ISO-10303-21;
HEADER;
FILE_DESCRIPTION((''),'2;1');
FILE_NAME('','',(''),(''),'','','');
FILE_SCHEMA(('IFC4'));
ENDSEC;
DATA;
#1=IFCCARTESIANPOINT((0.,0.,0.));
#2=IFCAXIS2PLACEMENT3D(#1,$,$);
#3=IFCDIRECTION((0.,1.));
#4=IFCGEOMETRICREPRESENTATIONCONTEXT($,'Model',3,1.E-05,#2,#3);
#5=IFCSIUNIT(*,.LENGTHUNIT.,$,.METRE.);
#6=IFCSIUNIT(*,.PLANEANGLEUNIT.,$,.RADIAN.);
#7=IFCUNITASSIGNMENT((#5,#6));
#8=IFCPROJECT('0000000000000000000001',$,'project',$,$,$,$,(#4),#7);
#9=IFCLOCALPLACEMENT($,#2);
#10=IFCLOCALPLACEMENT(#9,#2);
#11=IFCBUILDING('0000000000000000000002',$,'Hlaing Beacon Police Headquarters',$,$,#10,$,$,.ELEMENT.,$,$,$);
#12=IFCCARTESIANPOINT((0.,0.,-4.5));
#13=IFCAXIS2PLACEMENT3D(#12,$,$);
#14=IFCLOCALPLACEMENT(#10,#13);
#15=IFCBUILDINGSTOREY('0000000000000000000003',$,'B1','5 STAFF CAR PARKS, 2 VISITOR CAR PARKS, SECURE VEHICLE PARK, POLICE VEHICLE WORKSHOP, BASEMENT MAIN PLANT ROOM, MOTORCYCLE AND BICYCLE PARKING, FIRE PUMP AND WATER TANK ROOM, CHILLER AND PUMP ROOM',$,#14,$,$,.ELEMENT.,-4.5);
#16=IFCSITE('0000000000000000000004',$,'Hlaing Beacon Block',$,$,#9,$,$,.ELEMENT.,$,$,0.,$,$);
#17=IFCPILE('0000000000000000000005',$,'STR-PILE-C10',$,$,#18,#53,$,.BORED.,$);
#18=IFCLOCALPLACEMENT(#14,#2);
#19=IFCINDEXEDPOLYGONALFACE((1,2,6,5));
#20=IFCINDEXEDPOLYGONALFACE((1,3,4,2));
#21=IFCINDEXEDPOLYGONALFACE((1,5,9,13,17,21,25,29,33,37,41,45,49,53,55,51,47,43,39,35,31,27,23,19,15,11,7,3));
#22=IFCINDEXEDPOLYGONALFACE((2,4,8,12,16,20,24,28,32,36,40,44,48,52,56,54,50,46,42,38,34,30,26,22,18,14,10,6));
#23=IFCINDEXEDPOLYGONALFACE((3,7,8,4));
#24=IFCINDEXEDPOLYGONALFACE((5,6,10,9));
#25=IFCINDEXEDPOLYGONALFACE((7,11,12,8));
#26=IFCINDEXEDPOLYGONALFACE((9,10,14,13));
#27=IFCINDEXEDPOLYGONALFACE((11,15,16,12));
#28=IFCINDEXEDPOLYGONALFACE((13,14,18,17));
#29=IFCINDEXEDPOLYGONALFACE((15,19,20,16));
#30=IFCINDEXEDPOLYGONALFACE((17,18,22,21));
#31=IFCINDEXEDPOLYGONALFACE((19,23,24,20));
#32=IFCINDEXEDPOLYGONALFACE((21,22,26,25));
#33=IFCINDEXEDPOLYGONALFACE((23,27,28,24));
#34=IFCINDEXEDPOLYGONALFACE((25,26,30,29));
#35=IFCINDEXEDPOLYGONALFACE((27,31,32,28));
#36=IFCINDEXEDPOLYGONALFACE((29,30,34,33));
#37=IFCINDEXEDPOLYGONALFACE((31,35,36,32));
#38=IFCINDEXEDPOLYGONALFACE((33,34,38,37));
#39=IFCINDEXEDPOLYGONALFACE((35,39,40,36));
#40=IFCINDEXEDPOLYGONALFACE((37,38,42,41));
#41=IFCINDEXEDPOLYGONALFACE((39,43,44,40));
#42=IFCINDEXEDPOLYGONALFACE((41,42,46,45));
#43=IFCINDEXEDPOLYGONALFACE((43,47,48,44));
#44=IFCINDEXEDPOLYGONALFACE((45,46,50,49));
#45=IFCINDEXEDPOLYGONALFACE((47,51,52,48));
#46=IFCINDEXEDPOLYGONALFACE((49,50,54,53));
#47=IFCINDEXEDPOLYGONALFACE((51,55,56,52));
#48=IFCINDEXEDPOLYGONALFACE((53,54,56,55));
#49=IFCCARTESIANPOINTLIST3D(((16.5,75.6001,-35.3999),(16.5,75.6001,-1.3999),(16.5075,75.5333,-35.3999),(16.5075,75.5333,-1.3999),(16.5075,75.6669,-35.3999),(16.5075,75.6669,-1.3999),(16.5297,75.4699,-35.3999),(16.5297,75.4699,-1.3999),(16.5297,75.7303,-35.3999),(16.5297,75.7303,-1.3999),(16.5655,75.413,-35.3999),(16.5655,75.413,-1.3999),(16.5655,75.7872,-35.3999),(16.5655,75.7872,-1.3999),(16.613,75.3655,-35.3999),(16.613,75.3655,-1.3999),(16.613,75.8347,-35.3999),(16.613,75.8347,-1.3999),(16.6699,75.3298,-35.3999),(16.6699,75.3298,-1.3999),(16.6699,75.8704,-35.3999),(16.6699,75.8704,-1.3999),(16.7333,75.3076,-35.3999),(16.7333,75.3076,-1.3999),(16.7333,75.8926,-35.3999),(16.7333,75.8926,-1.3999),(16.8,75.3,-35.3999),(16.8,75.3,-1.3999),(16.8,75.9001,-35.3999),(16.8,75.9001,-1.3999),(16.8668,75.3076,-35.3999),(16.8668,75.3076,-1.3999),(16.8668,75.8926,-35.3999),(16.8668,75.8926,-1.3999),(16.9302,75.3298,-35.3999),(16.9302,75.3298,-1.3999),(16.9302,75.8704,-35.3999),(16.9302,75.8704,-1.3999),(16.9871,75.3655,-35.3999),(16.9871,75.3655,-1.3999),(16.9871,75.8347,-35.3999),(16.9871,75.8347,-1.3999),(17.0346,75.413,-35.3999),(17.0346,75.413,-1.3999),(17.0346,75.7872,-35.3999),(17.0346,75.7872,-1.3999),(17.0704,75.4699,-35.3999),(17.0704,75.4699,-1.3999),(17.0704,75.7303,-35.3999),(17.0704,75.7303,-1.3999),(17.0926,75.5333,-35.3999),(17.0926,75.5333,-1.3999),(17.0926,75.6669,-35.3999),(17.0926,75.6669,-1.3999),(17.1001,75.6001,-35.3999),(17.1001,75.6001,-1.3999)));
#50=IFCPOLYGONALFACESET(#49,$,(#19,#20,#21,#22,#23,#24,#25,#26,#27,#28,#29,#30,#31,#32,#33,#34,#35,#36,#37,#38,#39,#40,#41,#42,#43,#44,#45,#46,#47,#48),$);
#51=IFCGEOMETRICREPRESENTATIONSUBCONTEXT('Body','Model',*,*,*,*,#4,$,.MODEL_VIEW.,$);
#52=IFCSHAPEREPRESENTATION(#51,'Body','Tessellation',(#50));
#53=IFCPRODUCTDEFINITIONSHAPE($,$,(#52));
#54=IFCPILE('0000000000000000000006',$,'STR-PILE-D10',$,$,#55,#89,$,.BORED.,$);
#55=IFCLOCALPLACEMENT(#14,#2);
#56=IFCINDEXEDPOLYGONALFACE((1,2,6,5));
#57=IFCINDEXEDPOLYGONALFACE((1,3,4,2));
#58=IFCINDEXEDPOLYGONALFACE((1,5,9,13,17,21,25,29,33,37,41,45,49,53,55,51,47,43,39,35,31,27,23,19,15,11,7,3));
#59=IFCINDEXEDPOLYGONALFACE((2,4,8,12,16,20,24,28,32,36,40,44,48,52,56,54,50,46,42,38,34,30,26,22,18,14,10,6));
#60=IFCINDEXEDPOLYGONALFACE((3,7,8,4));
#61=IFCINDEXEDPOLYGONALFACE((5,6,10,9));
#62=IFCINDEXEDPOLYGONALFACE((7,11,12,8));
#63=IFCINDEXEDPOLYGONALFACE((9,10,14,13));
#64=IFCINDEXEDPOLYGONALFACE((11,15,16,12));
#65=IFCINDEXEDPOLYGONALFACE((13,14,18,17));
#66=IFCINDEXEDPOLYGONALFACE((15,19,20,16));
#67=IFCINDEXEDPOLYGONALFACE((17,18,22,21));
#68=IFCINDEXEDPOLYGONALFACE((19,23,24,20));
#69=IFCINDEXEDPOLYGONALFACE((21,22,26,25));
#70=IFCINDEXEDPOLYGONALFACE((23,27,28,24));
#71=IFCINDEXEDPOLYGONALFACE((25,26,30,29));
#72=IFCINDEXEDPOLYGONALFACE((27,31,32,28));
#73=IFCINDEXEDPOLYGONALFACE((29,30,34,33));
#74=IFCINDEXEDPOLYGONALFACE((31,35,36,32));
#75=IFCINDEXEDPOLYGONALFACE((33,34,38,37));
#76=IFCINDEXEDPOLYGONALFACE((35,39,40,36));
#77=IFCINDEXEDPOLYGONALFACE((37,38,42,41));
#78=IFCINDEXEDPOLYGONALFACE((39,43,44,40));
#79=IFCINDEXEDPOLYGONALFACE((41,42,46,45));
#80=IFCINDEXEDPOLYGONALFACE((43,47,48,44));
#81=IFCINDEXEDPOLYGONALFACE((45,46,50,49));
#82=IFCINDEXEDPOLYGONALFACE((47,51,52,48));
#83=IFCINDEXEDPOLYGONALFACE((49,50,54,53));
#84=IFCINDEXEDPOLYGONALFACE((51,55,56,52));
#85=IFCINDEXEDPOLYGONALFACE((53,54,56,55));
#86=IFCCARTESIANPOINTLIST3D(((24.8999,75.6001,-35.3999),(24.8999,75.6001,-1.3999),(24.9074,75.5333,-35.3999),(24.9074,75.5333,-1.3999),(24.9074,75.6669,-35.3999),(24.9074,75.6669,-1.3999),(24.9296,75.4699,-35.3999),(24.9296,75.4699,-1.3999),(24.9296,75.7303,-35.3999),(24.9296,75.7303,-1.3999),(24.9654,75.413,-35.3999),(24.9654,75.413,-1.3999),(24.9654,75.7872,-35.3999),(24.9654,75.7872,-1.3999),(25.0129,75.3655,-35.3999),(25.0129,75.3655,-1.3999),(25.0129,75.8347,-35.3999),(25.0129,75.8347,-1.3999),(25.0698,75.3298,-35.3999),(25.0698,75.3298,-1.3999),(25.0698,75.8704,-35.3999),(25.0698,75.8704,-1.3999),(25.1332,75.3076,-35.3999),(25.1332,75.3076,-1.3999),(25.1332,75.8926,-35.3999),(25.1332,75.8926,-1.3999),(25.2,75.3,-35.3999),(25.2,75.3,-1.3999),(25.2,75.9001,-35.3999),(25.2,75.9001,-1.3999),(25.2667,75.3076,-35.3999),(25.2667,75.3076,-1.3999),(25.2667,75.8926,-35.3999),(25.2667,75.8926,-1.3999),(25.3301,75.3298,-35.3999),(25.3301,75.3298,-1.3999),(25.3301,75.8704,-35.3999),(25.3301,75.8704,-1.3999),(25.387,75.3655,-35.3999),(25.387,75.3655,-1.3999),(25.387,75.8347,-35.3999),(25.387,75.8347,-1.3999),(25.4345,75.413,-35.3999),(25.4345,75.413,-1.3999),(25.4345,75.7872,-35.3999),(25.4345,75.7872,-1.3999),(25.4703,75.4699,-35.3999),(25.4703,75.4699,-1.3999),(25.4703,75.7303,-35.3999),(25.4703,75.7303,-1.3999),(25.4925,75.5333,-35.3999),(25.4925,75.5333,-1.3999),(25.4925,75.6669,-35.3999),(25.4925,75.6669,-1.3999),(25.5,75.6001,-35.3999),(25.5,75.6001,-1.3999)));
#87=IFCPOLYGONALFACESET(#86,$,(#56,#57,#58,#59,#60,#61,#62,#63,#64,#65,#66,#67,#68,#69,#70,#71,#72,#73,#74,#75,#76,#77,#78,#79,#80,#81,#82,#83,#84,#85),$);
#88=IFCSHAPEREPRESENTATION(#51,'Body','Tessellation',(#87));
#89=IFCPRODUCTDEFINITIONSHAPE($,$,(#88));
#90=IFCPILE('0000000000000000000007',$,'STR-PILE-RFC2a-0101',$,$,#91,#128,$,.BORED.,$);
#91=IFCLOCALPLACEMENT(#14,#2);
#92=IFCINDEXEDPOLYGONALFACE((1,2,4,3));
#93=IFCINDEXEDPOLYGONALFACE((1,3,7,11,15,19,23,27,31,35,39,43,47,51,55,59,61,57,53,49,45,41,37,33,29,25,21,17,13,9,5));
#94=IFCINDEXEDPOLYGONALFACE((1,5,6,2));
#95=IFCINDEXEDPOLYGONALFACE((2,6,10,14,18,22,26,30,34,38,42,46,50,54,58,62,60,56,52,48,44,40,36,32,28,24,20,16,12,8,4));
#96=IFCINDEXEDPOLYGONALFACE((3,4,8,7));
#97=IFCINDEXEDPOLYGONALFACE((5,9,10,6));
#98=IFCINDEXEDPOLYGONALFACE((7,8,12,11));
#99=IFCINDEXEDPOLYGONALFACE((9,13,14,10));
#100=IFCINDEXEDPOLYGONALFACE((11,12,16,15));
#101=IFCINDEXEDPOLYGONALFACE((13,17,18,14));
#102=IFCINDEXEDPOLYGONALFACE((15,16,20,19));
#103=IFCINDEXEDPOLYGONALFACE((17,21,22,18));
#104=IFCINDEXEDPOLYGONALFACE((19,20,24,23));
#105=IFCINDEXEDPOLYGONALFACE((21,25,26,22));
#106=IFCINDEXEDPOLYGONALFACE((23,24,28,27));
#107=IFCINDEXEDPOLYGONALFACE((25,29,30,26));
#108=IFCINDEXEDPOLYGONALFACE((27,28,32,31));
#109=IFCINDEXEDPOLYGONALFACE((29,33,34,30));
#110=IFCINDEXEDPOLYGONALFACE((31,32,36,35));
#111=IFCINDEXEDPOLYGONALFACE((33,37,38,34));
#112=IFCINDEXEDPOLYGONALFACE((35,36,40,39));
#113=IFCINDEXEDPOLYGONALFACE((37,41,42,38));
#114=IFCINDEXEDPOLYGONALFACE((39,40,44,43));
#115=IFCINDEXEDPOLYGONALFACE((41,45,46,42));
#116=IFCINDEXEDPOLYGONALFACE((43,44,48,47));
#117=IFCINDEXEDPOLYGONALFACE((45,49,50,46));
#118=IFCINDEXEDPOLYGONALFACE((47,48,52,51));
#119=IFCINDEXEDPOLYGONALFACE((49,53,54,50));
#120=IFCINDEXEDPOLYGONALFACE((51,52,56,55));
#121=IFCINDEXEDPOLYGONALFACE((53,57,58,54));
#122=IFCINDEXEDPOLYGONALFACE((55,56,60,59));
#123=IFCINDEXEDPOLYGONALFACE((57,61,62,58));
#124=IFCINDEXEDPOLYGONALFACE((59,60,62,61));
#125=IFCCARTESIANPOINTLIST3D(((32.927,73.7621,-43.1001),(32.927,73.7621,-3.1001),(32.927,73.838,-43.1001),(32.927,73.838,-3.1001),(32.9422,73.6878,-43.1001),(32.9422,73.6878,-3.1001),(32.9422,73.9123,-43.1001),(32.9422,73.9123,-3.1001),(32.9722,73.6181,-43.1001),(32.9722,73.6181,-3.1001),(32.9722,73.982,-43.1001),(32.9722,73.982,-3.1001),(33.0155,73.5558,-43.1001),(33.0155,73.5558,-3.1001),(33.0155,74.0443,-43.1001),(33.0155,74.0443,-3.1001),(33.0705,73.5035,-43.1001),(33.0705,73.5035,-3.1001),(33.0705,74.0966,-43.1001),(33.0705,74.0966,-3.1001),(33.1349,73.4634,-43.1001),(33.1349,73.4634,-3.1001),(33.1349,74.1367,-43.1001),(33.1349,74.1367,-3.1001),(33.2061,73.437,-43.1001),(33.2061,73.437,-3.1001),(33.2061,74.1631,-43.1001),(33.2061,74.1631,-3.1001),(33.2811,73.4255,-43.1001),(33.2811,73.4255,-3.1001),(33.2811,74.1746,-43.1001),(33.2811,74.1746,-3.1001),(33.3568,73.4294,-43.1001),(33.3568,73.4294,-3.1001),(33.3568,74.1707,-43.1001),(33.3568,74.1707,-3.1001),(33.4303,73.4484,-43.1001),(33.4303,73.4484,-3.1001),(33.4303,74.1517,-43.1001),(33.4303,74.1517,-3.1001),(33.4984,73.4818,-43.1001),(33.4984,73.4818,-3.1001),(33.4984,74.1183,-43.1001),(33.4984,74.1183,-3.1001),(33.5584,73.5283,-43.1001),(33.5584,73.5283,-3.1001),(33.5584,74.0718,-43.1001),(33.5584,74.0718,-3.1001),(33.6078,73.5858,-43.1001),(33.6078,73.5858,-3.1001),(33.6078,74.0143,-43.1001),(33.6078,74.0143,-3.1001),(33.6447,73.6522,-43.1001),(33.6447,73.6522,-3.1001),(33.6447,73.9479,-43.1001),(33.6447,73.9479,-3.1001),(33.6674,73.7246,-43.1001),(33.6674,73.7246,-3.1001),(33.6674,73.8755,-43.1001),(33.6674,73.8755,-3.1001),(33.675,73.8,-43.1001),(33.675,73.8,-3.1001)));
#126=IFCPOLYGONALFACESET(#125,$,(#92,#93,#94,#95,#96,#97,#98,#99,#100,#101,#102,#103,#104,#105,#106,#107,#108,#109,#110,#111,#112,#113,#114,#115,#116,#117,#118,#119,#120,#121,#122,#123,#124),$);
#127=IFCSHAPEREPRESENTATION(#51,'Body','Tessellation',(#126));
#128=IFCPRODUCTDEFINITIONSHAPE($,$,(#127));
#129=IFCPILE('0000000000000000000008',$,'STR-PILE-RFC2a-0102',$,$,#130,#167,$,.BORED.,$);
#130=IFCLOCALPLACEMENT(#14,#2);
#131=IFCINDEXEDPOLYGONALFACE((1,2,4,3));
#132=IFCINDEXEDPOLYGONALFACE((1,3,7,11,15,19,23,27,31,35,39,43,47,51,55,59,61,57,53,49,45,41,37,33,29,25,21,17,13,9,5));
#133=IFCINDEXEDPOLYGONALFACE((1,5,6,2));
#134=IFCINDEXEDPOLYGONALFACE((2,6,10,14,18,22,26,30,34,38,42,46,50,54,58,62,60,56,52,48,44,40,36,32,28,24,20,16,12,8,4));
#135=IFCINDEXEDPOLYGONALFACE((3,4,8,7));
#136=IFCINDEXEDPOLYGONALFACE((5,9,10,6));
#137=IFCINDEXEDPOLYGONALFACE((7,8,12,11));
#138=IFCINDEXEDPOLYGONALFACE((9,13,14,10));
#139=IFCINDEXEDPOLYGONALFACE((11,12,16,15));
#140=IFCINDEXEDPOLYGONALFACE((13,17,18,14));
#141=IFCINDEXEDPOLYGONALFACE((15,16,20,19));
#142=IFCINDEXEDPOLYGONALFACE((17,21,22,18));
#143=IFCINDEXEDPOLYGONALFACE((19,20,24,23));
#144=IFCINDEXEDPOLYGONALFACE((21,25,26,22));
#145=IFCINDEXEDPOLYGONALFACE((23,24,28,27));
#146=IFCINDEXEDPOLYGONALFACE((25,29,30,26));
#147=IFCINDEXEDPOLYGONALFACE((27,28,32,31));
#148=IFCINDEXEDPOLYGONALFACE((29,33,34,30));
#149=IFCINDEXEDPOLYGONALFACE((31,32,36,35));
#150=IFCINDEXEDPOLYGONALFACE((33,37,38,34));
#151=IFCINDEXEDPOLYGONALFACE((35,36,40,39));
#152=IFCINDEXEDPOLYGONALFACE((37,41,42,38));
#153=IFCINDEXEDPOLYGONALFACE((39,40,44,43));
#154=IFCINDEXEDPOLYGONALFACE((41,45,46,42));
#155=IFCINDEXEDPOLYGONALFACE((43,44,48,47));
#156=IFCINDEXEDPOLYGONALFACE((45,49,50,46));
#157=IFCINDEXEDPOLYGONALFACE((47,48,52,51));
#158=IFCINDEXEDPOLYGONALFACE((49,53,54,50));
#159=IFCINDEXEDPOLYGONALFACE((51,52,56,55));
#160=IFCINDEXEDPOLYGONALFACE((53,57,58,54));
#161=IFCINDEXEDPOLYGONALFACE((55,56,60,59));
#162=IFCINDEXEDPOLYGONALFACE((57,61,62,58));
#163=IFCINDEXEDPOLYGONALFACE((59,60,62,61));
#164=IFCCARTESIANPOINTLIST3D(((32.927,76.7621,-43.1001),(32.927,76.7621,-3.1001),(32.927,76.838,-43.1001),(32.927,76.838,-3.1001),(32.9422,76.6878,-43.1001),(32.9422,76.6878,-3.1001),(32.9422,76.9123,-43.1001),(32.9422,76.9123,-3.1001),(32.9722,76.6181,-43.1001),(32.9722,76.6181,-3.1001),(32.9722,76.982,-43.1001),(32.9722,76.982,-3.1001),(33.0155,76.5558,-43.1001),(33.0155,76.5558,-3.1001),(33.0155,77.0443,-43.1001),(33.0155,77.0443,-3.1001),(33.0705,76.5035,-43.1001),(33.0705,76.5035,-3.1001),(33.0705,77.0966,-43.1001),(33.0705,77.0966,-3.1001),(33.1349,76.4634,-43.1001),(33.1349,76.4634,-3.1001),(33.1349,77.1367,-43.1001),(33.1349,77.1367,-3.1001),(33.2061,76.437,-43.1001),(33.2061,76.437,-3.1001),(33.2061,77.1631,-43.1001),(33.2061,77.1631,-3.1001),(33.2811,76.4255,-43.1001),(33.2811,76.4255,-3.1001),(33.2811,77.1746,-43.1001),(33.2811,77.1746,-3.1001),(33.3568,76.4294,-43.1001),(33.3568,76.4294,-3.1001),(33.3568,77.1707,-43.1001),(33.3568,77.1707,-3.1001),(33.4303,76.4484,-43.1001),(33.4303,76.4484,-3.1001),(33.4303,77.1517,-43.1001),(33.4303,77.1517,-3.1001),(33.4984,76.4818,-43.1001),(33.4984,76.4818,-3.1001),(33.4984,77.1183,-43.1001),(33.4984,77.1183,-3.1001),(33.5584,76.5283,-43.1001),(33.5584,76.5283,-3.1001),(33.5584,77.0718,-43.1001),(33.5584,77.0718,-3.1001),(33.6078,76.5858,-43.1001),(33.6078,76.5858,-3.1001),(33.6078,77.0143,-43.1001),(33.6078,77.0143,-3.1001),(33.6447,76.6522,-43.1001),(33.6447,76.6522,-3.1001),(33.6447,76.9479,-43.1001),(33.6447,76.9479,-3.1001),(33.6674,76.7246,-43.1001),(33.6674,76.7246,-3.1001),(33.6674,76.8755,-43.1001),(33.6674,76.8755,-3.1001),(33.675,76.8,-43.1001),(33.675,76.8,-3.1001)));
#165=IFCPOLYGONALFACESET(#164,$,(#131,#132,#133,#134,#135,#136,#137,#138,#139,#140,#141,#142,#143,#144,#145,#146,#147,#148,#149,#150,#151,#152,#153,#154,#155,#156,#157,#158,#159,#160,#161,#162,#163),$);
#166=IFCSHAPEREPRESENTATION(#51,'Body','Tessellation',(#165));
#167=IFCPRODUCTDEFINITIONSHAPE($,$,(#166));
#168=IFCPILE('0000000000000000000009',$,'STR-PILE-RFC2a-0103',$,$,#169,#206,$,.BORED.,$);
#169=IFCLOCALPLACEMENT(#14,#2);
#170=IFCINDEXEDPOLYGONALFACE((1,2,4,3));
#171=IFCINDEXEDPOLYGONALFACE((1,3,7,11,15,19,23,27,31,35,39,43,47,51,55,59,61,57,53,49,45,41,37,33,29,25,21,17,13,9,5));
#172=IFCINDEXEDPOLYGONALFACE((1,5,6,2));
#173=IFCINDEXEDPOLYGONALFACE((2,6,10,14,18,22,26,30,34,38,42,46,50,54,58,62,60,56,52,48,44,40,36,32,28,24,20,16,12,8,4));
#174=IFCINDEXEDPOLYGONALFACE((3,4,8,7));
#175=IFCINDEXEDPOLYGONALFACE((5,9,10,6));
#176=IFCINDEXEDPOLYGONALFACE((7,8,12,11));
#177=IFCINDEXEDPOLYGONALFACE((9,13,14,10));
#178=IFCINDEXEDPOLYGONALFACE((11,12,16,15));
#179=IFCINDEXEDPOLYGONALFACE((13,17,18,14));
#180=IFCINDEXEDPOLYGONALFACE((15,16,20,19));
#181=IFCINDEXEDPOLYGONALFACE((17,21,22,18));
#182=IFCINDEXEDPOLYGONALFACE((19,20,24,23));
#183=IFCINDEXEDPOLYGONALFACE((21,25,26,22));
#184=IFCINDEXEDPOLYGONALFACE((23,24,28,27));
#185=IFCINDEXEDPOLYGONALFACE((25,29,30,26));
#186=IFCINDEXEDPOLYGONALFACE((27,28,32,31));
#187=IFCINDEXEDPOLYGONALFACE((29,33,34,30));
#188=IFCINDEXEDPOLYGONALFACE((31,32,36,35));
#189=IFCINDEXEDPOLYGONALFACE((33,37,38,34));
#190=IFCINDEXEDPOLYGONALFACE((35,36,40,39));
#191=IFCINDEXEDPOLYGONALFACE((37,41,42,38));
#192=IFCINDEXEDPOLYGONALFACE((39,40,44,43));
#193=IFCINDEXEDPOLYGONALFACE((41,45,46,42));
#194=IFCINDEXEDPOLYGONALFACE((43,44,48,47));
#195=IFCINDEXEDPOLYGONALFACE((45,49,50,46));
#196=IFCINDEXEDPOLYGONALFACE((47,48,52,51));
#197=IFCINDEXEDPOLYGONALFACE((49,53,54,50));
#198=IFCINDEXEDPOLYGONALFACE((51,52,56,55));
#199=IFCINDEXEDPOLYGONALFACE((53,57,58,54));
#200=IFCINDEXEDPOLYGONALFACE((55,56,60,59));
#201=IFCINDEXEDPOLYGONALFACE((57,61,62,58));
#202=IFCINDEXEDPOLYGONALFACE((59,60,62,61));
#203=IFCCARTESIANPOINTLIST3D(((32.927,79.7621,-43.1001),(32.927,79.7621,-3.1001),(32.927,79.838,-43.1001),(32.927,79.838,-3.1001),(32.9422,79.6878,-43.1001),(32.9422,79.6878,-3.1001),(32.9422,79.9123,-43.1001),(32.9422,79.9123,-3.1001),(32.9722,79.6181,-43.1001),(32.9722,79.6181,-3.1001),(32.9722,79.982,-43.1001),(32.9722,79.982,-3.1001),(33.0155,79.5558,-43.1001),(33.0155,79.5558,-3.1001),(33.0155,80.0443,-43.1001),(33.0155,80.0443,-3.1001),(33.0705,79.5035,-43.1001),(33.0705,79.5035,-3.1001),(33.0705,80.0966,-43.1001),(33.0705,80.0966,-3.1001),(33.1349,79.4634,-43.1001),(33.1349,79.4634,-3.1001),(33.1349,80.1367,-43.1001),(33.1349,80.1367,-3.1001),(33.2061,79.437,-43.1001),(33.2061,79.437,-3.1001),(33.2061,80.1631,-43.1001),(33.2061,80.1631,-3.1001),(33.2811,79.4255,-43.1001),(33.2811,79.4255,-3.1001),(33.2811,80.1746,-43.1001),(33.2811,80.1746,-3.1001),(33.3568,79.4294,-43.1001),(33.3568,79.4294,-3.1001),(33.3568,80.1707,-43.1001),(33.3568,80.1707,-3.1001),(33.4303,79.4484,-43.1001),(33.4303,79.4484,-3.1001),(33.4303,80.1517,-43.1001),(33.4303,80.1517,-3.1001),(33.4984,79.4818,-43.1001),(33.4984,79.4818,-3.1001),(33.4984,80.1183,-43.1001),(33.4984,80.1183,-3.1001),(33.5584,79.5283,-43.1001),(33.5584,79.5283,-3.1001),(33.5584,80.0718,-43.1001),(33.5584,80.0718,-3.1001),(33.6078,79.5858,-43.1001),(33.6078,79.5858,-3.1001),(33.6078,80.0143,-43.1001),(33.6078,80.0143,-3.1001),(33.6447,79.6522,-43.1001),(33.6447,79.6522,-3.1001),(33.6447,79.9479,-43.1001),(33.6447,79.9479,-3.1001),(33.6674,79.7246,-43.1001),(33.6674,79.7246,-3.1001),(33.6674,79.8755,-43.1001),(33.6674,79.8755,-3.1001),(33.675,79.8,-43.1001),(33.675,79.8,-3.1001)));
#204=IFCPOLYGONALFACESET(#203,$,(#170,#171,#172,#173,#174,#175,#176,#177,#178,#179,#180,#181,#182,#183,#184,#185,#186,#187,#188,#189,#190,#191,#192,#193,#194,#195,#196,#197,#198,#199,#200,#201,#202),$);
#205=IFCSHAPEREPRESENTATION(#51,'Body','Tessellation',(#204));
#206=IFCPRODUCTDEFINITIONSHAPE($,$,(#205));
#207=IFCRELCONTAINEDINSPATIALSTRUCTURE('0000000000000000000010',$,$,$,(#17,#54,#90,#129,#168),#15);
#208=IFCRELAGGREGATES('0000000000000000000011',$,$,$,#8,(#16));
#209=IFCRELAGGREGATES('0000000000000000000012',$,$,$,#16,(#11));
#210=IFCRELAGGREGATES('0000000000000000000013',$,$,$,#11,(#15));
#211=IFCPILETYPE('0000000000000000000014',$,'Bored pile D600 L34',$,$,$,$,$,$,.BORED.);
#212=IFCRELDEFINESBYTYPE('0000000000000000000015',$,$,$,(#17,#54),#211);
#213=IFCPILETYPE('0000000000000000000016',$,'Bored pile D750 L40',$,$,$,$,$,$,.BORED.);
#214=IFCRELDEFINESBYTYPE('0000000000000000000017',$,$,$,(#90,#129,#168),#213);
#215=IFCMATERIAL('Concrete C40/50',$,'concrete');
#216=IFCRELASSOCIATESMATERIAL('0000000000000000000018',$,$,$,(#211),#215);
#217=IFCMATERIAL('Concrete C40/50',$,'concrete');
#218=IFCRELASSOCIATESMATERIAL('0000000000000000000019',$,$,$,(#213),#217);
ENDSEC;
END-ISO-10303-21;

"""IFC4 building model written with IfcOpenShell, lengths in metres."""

from ifc_helpers import new_model, si_unit, direction, frame, origin, origin_2d, place, context, subcontext, project, spatial, circle, extrude, material, material_profile, profile_set, type_object, element, save


model = new_model("IFC4")

# Units and contexts
model_context = context("Model", 3, precision=1e-05, world=origin(), true_north=direction((0.0, 1.0)))
body_context = subcontext(model_context, "Body", "Model", "MODEL_VIEW")
ifc_project = project(units=[si_unit("LENGTHUNIT", "METRE"), si_unit("PLANEANGLEUNIT", "RADIAN")], contexts=[model_context])

# Site, building, storey
site_placement = place(None, origin())
site = spatial("IfcSite", under=ifc_project, at=site_placement, Name="Hlaing Beacon Block", CompositionType="ELEMENT", RefElevation=0.0)
building_placement = place(site_placement, origin())
building = spatial("IfcBuilding", under=site, at=building_placement, Name="Hlaing Beacon Police Headquarters", CompositionType="ELEMENT")
storey_placement = place(building_placement, frame((0.0, 0.0, -4.5)))
storey = spatial("IfcBuildingStorey", under=building, at=storey_placement, Name="B1", Description="5 STAFF CAR PARKS, 2 VISITOR CAR PARKS, SECURE VEHICLE PARK, POLICE VEHICLE WORKSHOP, BASEMENT MAIN PLANT ROOM, MOTORCYCLE AND BICYCLE PARKING, FIRE PUMP AND WATER TANK ROOM, CHILLER AND PUMP ROOM", CompositionType="ELEMENT", Elevation=-4.5)

# Piles
ifc_material_1 = material(Name="Concrete C40/50", Category="concrete")
ifc_material_profile_1 = material_profile(ifc_material_1, circle(Radius=0.3, at=origin_2d()), Name="D600")
ifc_profile_set_1 = profile_set([ifc_material_profile_1], Name="Concrete C40/50")
pile_type_1 = type_object("IfcPileType", Name="Bored pile D600 L34", PredefinedType="BORED", material=ifc_profile_set_1)
for number, where, z_axis, x_axis, name in (
    (1, (16.8, 75.6001, -1.3999), (0.0, 0.0, -1.0), (1.0, 0.0, 0.0), "STR-PILE-C10"),
    (2, (25.2, 75.6001, -1.3999), (0.0, 0.0, -1.0), (1.0, 0.0, 0.0), "STR-PILE-D10"),
):
    element("IfcPile", number, at=place(storey_placement, frame(where, z_axis=z_axis, x_axis=x_axis)), inside=storey, type_object=pile_type_1, Name=name, PredefinedType="BORED", context=body_context, shape_type="SweptSolid", body=[
        extrude(circle(Radius=0.3, at=origin_2d()), origin(), (0.0, 0.0, 1.0), 34.0),
    ])
ifc_material_2 = material(Name="Concrete C40/50", Category="concrete")
ifc_material_profile_2 = material_profile(ifc_material_2, circle(Radius=0.375, at=origin_2d()), Name="D750")
ifc_profile_set_2 = profile_set([ifc_material_profile_2], Name="Concrete C40/50")
pile_type_2 = type_object("IfcPileType", Name="Bored pile D750 L40", PredefinedType="BORED", material=ifc_profile_set_2)
for number, where, z_axis, x_axis, name in (
    (3, (33.3, 73.8, -3.1001), (0.0, 0.0, -1.0), (1.0, 0.0, 0.0), "STR-PILE-RFC2a-0101"),
    (4, (33.3, 76.8, -3.1001), (0.0, 0.0, -1.0), (1.0, 0.0, 0.0), "STR-PILE-RFC2a-0102"),
    (5, (33.3, 79.8, -3.1001), (0.0, 0.0, -1.0), (1.0, 0.0, 0.0), "STR-PILE-RFC2a-0103"),
):
    element("IfcPile", number, at=place(storey_placement, frame(where, z_axis=z_axis, x_axis=x_axis)), inside=storey, type_object=pile_type_2, Name=name, PredefinedType="BORED", context=body_context, shape_type="SweptSolid", body=[
        extrude(circle(Radius=0.375, at=origin_2d()), origin(), (0.0, 0.0, 1.0), 40.0),
    ])

save(model, "model.ifc")
